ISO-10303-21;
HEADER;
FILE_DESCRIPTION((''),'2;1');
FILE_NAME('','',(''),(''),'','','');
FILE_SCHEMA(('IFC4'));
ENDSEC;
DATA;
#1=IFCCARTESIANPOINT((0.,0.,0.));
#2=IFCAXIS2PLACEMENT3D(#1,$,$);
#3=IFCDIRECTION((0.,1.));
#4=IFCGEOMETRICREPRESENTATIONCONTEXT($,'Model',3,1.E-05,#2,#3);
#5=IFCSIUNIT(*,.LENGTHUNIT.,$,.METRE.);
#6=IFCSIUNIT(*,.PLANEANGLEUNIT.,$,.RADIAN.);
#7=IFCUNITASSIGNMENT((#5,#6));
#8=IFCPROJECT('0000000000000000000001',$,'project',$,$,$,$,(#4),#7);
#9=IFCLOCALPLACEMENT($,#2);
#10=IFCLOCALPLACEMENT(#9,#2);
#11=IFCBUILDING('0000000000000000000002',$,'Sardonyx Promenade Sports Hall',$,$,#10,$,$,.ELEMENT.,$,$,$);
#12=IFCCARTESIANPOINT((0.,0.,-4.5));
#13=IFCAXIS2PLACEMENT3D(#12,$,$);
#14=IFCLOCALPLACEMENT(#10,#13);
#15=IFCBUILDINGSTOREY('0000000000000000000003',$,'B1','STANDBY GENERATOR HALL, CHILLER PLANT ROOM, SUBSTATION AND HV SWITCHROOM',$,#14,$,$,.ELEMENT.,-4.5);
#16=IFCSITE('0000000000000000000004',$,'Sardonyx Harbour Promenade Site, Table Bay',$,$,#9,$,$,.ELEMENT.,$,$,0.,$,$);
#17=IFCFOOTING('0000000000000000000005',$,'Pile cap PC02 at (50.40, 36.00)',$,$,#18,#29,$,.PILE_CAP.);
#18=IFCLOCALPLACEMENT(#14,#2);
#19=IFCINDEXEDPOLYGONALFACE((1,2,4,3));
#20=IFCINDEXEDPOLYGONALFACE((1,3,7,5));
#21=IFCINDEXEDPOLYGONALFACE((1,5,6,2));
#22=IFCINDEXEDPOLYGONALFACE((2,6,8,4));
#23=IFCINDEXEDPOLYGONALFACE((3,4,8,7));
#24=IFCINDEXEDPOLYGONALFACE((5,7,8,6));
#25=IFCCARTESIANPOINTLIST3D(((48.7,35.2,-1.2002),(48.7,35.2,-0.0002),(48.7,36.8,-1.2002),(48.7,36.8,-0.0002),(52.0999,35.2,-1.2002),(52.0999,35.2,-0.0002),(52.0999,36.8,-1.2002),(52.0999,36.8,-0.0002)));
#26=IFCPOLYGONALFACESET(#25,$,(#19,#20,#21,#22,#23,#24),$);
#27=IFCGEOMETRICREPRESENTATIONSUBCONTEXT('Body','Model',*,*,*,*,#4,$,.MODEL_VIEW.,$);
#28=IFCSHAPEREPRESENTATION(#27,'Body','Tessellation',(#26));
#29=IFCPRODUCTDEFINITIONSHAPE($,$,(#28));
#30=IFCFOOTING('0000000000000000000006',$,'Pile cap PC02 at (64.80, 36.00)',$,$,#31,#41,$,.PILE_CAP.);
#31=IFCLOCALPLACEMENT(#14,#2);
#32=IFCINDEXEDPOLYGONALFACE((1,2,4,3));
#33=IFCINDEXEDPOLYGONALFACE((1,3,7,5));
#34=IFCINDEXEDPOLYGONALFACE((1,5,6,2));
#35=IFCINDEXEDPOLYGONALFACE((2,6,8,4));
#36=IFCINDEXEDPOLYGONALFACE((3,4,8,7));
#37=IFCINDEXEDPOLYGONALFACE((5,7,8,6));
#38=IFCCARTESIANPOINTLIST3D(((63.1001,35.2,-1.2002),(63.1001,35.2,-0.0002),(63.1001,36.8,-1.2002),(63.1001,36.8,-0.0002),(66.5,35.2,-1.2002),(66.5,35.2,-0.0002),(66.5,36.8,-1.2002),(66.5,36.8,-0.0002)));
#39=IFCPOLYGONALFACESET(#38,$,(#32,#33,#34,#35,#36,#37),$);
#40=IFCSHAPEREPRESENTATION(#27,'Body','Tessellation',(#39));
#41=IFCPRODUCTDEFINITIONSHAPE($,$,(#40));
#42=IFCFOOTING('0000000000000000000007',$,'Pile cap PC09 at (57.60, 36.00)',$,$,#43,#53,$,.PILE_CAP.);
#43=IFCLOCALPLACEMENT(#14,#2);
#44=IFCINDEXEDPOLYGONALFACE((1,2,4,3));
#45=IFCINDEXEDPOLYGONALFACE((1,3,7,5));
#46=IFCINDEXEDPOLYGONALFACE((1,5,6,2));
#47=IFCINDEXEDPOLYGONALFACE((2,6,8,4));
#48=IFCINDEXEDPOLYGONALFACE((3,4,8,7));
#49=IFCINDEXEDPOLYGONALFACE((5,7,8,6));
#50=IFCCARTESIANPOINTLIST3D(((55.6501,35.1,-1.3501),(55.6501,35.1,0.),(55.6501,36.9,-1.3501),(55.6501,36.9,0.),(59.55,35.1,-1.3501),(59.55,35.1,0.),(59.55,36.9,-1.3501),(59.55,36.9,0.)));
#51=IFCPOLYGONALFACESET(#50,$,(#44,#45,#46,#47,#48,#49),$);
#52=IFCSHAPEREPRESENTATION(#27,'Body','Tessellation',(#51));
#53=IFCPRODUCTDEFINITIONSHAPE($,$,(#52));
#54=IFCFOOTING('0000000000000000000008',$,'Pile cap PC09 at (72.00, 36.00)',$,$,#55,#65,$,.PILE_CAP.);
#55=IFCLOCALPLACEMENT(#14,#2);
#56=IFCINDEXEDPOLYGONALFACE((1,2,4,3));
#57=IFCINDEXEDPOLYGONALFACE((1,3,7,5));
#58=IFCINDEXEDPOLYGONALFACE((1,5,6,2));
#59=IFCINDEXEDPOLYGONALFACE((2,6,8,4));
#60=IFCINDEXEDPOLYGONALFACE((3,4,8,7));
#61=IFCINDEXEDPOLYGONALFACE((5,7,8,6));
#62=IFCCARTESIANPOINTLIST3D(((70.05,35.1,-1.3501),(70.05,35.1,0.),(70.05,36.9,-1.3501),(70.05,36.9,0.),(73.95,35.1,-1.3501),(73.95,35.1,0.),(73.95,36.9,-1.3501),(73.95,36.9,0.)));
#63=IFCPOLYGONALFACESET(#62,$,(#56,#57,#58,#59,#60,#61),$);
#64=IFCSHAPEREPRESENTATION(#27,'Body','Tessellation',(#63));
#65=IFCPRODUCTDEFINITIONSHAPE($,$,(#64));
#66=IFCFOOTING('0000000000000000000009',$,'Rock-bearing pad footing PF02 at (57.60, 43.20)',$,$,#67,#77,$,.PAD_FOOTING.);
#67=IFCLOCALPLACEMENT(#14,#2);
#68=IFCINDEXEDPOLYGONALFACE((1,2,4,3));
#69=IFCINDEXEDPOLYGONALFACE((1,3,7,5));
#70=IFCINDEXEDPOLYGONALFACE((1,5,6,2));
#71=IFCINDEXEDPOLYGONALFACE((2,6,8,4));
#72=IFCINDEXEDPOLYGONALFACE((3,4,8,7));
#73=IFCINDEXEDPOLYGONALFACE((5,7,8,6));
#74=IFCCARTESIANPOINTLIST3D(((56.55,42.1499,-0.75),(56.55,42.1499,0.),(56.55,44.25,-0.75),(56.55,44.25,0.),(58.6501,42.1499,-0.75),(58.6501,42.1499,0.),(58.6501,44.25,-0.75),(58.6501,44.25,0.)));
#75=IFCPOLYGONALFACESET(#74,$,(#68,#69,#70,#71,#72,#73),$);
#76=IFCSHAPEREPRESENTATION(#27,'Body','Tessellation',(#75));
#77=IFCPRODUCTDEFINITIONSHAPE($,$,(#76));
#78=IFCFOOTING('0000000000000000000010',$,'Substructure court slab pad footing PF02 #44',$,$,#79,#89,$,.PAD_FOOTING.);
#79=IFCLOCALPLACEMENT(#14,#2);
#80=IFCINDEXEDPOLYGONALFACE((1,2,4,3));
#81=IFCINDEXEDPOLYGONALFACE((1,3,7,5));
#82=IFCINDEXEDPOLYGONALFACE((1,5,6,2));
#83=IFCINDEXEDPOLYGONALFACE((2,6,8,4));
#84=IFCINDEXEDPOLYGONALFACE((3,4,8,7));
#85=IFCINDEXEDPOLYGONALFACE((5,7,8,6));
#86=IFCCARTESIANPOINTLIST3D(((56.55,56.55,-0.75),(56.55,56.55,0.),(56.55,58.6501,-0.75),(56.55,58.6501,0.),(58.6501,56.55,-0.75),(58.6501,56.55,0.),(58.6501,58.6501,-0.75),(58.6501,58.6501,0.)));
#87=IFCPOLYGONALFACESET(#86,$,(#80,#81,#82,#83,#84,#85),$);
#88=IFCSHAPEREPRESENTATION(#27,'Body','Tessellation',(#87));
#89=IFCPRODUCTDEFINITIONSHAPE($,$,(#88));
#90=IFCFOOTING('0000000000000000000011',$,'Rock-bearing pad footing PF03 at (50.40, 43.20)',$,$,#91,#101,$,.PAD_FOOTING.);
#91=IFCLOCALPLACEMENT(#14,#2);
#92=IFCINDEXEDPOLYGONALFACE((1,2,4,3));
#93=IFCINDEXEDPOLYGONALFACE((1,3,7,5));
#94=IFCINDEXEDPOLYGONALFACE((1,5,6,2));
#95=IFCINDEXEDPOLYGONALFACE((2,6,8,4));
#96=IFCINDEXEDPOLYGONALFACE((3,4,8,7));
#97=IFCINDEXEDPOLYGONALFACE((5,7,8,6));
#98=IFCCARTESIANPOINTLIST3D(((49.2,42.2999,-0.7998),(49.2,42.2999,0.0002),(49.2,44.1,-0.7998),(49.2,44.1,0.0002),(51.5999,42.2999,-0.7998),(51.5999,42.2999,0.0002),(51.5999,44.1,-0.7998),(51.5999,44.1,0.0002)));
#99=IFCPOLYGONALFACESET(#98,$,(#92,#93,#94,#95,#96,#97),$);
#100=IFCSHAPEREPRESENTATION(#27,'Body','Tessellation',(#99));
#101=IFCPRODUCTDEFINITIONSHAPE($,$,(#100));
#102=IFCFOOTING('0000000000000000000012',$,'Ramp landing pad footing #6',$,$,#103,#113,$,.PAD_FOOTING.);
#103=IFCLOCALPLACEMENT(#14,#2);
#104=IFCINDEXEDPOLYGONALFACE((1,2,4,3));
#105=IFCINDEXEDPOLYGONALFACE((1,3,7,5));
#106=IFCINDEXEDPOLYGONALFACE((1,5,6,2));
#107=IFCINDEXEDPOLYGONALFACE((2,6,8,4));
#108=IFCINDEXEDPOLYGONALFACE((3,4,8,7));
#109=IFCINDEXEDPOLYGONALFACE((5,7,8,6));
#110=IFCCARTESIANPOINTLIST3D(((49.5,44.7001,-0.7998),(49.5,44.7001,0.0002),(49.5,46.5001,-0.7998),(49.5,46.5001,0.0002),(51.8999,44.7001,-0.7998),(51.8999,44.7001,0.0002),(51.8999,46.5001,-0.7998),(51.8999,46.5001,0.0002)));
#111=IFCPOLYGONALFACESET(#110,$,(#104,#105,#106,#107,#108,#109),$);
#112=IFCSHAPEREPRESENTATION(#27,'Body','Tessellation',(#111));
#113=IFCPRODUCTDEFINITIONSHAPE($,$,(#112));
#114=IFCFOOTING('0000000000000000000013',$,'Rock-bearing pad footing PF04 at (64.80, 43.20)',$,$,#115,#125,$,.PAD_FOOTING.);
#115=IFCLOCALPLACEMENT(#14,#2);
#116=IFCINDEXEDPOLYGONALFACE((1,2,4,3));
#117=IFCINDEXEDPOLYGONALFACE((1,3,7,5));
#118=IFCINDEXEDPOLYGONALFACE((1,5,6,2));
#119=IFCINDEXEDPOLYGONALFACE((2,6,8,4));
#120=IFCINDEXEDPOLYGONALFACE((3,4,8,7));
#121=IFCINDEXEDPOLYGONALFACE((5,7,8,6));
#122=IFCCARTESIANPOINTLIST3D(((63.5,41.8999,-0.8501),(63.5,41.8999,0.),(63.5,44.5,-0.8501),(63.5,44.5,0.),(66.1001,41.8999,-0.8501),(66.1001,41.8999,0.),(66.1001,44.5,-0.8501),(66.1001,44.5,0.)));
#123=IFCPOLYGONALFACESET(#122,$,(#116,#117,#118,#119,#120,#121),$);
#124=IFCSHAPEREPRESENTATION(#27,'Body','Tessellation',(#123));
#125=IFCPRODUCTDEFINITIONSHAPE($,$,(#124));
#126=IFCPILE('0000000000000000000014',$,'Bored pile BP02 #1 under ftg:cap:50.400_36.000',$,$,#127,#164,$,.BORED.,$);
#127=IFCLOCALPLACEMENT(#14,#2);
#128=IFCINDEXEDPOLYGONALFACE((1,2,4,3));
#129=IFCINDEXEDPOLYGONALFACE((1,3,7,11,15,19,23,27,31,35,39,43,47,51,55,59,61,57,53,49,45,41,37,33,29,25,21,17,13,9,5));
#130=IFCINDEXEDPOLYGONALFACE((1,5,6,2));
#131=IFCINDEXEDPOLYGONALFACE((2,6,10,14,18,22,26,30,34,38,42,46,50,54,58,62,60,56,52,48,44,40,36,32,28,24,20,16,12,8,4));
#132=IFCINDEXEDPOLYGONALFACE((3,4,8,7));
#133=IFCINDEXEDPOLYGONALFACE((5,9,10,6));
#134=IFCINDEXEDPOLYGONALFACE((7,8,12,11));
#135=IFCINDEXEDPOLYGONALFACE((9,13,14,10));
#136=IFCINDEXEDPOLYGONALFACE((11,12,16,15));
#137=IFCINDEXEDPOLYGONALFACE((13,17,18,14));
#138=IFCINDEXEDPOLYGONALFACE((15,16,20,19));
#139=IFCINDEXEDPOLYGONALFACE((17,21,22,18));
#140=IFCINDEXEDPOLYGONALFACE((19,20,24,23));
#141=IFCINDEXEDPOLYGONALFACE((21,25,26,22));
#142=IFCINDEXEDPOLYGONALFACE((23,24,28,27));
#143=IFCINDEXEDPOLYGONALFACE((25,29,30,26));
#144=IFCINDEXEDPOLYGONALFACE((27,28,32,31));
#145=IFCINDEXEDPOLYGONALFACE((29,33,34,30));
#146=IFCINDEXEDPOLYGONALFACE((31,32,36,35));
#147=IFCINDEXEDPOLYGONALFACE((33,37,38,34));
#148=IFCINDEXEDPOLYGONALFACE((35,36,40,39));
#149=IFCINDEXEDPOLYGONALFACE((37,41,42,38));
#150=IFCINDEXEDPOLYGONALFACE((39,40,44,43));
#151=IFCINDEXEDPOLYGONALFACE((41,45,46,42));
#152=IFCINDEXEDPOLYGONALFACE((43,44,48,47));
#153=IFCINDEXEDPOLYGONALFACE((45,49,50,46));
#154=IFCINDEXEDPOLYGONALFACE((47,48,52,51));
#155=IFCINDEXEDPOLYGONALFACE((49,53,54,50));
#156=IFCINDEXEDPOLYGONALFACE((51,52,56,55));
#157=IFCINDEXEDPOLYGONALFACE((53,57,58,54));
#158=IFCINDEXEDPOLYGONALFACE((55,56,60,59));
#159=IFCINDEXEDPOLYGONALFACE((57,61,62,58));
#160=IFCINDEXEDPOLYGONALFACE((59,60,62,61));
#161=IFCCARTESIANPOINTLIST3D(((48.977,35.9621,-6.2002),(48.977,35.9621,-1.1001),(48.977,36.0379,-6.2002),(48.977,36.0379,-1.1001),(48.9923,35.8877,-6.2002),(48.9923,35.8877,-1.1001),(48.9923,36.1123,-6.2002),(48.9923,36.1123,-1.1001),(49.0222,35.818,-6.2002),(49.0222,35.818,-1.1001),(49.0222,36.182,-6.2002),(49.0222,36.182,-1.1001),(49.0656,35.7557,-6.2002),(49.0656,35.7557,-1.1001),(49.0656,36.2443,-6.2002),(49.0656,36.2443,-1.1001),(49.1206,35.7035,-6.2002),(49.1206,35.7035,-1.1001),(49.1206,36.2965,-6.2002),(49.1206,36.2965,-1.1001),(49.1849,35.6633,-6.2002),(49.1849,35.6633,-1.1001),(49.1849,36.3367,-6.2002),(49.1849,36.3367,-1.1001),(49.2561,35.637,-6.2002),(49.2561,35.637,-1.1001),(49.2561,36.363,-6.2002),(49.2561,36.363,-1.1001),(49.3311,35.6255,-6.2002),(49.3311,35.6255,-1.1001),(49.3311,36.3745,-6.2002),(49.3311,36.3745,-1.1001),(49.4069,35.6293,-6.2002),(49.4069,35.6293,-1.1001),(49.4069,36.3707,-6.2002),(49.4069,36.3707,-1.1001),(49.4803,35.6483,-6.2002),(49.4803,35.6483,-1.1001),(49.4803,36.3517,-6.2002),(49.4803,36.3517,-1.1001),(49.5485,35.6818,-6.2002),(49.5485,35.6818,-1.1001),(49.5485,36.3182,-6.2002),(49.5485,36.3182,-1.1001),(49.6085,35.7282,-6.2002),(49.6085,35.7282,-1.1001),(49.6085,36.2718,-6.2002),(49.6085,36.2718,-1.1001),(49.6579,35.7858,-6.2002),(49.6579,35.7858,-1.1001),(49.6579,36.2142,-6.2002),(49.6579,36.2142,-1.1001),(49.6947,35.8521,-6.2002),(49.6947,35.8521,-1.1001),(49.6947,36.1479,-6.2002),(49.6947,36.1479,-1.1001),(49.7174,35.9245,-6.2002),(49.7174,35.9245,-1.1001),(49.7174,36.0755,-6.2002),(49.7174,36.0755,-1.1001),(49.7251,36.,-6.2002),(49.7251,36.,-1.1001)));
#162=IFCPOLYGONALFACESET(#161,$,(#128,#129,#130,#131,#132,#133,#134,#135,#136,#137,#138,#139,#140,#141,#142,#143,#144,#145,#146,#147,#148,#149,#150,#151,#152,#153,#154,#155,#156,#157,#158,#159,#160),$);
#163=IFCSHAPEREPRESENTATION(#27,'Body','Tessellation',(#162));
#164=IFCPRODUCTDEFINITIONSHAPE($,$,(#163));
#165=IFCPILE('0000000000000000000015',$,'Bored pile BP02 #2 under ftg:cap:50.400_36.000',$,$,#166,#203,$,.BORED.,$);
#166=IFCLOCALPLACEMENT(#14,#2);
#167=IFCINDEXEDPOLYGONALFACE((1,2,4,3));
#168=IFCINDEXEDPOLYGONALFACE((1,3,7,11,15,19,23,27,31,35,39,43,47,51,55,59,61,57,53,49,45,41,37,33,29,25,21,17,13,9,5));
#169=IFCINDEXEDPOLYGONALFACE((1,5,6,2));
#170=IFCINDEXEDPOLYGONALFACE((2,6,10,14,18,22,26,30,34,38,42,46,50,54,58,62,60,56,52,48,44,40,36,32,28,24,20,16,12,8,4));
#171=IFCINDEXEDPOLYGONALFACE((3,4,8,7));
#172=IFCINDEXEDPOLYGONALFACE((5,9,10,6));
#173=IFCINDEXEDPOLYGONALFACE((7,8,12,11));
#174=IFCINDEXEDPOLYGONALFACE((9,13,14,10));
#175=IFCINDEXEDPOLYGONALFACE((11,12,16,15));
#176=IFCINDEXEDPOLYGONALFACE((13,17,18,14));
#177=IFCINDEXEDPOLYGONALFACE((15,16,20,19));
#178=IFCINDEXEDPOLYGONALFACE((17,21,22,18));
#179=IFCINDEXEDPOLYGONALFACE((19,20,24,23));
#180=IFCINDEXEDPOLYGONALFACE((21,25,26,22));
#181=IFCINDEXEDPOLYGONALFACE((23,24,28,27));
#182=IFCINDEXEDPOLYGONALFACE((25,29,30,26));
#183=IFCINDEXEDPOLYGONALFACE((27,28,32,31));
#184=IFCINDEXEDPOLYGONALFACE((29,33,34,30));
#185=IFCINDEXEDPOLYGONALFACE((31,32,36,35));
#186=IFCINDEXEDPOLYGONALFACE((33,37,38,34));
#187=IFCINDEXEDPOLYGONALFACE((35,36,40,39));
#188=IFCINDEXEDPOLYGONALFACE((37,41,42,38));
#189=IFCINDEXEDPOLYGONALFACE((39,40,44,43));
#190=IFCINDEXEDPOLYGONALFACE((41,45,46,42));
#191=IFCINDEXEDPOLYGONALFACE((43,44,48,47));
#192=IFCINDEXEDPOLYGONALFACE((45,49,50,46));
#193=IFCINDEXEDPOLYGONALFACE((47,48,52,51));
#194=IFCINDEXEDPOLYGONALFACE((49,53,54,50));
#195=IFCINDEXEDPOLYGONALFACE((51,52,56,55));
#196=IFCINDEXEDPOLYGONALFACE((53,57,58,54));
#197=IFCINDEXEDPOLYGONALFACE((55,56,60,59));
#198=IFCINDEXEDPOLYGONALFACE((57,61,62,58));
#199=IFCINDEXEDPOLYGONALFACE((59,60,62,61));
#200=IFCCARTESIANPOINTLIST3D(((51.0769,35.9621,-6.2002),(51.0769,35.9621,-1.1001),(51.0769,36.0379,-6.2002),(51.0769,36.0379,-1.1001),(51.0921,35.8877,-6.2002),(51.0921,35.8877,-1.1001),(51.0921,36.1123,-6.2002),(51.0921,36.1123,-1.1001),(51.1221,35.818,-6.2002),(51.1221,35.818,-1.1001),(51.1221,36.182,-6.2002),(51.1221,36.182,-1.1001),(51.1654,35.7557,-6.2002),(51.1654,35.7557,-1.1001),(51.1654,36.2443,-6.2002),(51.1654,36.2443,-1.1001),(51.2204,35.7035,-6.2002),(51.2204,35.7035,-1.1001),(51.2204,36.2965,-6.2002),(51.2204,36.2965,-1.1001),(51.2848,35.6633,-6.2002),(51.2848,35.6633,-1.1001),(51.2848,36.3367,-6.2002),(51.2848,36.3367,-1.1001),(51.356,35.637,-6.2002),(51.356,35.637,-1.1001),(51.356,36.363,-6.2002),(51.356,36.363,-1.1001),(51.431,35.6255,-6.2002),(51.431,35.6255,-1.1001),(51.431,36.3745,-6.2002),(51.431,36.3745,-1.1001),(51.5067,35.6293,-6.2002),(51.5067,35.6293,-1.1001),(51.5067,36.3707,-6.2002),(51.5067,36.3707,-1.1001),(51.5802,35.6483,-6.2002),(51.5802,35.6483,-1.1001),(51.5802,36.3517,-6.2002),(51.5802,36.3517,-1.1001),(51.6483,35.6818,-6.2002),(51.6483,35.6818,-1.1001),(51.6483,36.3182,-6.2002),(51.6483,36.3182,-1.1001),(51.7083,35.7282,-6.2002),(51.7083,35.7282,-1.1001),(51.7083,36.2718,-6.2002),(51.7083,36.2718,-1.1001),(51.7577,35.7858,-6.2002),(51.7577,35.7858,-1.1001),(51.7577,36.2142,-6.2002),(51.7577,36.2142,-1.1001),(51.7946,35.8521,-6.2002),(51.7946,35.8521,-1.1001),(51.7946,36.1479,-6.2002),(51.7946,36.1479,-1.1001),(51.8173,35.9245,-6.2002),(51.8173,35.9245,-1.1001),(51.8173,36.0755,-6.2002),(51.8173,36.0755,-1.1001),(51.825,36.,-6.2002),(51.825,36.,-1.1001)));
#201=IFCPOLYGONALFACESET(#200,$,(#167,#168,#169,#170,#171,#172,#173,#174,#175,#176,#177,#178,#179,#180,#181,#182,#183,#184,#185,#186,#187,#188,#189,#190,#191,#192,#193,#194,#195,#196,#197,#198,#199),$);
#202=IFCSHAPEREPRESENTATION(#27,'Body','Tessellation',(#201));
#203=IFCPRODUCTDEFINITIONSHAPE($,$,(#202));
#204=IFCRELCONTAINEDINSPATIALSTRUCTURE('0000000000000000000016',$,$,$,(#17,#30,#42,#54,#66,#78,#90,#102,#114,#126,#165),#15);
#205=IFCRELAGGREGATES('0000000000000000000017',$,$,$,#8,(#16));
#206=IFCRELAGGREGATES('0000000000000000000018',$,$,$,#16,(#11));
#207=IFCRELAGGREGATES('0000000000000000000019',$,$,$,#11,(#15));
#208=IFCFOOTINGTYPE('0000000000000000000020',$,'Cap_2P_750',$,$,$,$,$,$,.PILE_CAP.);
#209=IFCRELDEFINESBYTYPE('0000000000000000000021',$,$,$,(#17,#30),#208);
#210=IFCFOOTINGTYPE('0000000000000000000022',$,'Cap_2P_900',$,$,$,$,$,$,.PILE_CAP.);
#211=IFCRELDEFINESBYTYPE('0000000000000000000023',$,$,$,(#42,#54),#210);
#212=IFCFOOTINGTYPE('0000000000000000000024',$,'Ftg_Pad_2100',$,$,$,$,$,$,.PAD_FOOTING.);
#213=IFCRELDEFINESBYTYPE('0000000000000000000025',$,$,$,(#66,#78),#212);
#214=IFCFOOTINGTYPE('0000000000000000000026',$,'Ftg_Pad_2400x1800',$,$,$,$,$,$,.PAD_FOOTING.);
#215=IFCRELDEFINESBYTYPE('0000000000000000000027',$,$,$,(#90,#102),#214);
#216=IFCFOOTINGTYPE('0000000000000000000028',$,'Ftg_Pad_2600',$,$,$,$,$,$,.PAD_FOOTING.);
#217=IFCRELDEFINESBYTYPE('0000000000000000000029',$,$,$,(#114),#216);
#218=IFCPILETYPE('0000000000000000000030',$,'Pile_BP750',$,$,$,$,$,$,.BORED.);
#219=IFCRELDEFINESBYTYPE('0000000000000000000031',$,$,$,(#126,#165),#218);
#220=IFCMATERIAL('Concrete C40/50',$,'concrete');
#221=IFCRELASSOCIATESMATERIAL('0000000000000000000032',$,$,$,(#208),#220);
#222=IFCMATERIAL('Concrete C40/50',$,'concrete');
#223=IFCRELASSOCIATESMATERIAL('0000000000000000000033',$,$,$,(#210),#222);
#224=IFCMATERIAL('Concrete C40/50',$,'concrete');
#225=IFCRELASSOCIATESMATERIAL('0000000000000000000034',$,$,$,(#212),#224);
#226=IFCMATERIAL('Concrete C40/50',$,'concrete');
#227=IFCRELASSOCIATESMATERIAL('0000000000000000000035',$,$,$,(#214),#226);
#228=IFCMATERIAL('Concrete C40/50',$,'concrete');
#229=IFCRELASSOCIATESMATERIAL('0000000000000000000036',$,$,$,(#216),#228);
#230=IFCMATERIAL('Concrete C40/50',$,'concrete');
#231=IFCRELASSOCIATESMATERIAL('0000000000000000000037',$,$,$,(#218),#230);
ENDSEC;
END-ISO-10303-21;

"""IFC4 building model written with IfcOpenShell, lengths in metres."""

from ifc_helpers import new_model, si_unit, direction, frame, origin, origin_2d, place, context, subcontext, project, spatial, rectangle, circle, extrude, material, material_profile, profile_set, type_object, element, save


model = new_model("IFC4")

# Units and contexts
model_context = context("Model", 3, precision=1e-05, world=origin(), true_north=direction((0.0, 1.0)))
body_context = subcontext(model_context, "Body", "Model", "MODEL_VIEW")
ifc_project = project(units=[si_unit("LENGTHUNIT", "METRE"), si_unit("PLANEANGLEUNIT", "RADIAN")], contexts=[model_context])

# Site, building, storey
site_placement = place(None, origin())
site = spatial("IfcSite", under=ifc_project, at=site_placement, Name="Sardonyx Harbour Promenade Site, Table Bay", CompositionType="ELEMENT", RefElevation=0.0)
building_placement = place(site_placement, origin())
building = spatial("IfcBuilding", under=site, at=building_placement, Name="Sardonyx Promenade Sports Hall", CompositionType="ELEMENT")
storey_placement = place(building_placement, frame((0.0, 0.0, -4.5)))
storey = spatial("IfcBuildingStorey", under=building, at=storey_placement, Name="B1", Description="STANDBY GENERATOR HALL, CHILLER PLANT ROOM, SUBSTATION AND HV SWITCHROOM", CompositionType="ELEMENT", Elevation=-4.5)

# Footings
ifc_material_1 = material(Name="Concrete C40/50", Category="concrete")
footing_type_1 = type_object("IfcFootingType", Name="Cap_2P_750", PredefinedType="PILE_CAP", material=ifc_material_1)
for number, where, z_axis, x_axis, name in (
    (1, (50.3999, 36.0, -1.2002), (0.0, 0.0, 1.0), (1.0, 0.0, 0.0), "Pile cap PC02 at (50.40, 36.00)"),
    (2, (64.8, 36.0, -1.2002), (0.0, 0.0, 1.0), (1.0, 0.0, 0.0), "Pile cap PC02 at (64.80, 36.00)"),
):
    element("IfcFooting", number, at=place(storey_placement, frame(where, z_axis=z_axis, x_axis=x_axis)), inside=storey, type_object=footing_type_1, Name=name, PredefinedType="PILE_CAP", context=body_context, shape_type="SweptSolid", body=[
        extrude(rectangle(XDim=3.3999, YDim=1.6001, at=origin_2d()), origin(), (0.0, 0.0, 1.0), 1.2),
    ])
ifc_material_2 = material(Name="Concrete C40/50", Category="concrete")
footing_type_2 = type_object("IfcFootingType", Name="Cap_2P_900", PredefinedType="PILE_CAP", material=ifc_material_2)
for number, where, z_axis, x_axis, name in (
    (3, (57.6001, 36.0, -1.3501), (0.0, 0.0, 1.0), (1.0, 0.0, 0.0), "Pile cap PC09 at (57.60, 36.00)"),
    (4, (72.0, 36.0, -1.3501), (0.0, 0.0, 1.0), (1.0, 0.0, 0.0), "Pile cap PC09 at (72.00, 36.00)"),
):
    element("IfcFooting", number, at=place(storey_placement, frame(where, z_axis=z_axis, x_axis=x_axis)), inside=storey, type_object=footing_type_2, Name=name, PredefinedType="PILE_CAP", context=body_context, shape_type="SweptSolid", body=[
        extrude(rectangle(XDim=3.8999, YDim=1.8, at=origin_2d()), origin(), (0.0, 0.0, 1.0), 1.3501),
    ])
ifc_material_3 = material(Name="Concrete C40/50", Category="concrete")
footing_type_3 = type_object("IfcFootingType", Name="Ftg_Pad_2100", PredefinedType="PAD_FOOTING", material=ifc_material_3)
for number, where, z_axis, x_axis, name in (
    (5, (57.6001, 43.2, -0.75), (0.0, 0.0, 1.0), (1.0, 0.0, 0.0), "Rock-bearing pad footing PF02 at (57.60, 43.20)"),
    (6, (57.6001, 57.6001, -0.75), (0.0, 0.0, 1.0), (1.0, 0.0, 0.0), "Substructure court slab pad footing PF02 #44"),
):
    element("IfcFooting", number, at=place(storey_placement, frame(where, z_axis=z_axis, x_axis=x_axis)), inside=storey, type_object=footing_type_3, Name=name, PredefinedType="PAD_FOOTING", context=body_context, shape_type="SweptSolid", body=[
        extrude(rectangle(XDim=2.1001, YDim=2.1001, at=origin_2d()), origin(), (0.0, 0.0, 1.0), 0.75),
    ])
ifc_material_4 = material(Name="Concrete C40/50", Category="concrete")
footing_type_4 = type_object("IfcFootingType", Name="Ftg_Pad_2400x1800", PredefinedType="PAD_FOOTING", material=ifc_material_4)
for number, where, z_axis, x_axis, name in (
    (7, (50.3999, 43.2, -0.7998), (0.0, 0.0, 1.0), (1.0, 0.0, 0.0), "Rock-bearing pad footing PF03 at (50.40, 43.20)"),
    (8, (50.7, 45.6001, -0.7998), (0.0, 0.0, 1.0), (1.0, 0.0, 0.0), "Ramp landing pad footing #6"),
):
    element("IfcFooting", number, at=place(storey_placement, frame(where, z_axis=z_axis, x_axis=x_axis)), inside=storey, type_object=footing_type_4, Name=name, PredefinedType="PAD_FOOTING", context=body_context, shape_type="SweptSolid", body=[
        extrude(rectangle(XDim=2.3999, YDim=1.8, at=origin_2d()), origin(), (0.0, 0.0, 1.0), 0.8),
    ])
ifc_material_5 = material(Name="Concrete C40/50", Category="concrete")
footing_type_5 = type_object("IfcFootingType", Name="Ftg_Pad_2600", PredefinedType="PAD_FOOTING", material=ifc_material_5)
footing_placement = place(storey_placement, frame((64.8, 43.2, -0.8501), z_axis=(0.0, 0.0, 1.0), x_axis=(1.0, 0.0, 0.0)))
element("IfcFooting", 9, at=footing_placement, inside=storey, type_object=footing_type_5, Name="Rock-bearing pad footing PF04 at (64.80, 43.20)", PredefinedType="PAD_FOOTING", context=body_context, shape_type="SweptSolid", body=[
    extrude(rectangle(XDim=2.6001, YDim=2.6001, at=origin_2d()), origin(), (0.0, 0.0, 1.0), 0.8501),
])

# Piles
ifc_material_6 = material(Name="Concrete C40/50", Category="concrete")
ifc_material_profile_1 = material_profile(ifc_material_6, circle(Radius=0.375, at=origin_2d()))
ifc_profile_set_1 = profile_set([ifc_material_profile_1], Name="Concrete C40/50")
pile_type_1 = type_object("IfcPileType", Name="Pile_BP750", PredefinedType="BORED", material=ifc_profile_set_1)
for number, where, z_axis, x_axis, name in (
    (10, (49.3501, 36.0, -1.1001), (0.0, 0.0, -1.0), (1.0, 0.0, 0.0), "Bored pile BP02 #1 under ftg:cap:50.400_36.000"),
    (11, (51.45, 36.0, -1.1001), (0.0, 0.0, -1.0), (1.0, 0.0, 0.0), "Bored pile BP02 #2 under ftg:cap:50.400_36.000"),
):
    element("IfcPile", number, at=place(storey_placement, frame(where, z_axis=z_axis, x_axis=x_axis)), inside=storey, type_object=pile_type_1, Name=name, PredefinedType="BORED", context=body_context, shape_type="SweptSolid", body=[
        extrude(circle(Radius=0.375, at=origin_2d()), origin(), (0.0, 0.0, 1.0), 5.1001),
    ])

save(model, "model.ifc")
